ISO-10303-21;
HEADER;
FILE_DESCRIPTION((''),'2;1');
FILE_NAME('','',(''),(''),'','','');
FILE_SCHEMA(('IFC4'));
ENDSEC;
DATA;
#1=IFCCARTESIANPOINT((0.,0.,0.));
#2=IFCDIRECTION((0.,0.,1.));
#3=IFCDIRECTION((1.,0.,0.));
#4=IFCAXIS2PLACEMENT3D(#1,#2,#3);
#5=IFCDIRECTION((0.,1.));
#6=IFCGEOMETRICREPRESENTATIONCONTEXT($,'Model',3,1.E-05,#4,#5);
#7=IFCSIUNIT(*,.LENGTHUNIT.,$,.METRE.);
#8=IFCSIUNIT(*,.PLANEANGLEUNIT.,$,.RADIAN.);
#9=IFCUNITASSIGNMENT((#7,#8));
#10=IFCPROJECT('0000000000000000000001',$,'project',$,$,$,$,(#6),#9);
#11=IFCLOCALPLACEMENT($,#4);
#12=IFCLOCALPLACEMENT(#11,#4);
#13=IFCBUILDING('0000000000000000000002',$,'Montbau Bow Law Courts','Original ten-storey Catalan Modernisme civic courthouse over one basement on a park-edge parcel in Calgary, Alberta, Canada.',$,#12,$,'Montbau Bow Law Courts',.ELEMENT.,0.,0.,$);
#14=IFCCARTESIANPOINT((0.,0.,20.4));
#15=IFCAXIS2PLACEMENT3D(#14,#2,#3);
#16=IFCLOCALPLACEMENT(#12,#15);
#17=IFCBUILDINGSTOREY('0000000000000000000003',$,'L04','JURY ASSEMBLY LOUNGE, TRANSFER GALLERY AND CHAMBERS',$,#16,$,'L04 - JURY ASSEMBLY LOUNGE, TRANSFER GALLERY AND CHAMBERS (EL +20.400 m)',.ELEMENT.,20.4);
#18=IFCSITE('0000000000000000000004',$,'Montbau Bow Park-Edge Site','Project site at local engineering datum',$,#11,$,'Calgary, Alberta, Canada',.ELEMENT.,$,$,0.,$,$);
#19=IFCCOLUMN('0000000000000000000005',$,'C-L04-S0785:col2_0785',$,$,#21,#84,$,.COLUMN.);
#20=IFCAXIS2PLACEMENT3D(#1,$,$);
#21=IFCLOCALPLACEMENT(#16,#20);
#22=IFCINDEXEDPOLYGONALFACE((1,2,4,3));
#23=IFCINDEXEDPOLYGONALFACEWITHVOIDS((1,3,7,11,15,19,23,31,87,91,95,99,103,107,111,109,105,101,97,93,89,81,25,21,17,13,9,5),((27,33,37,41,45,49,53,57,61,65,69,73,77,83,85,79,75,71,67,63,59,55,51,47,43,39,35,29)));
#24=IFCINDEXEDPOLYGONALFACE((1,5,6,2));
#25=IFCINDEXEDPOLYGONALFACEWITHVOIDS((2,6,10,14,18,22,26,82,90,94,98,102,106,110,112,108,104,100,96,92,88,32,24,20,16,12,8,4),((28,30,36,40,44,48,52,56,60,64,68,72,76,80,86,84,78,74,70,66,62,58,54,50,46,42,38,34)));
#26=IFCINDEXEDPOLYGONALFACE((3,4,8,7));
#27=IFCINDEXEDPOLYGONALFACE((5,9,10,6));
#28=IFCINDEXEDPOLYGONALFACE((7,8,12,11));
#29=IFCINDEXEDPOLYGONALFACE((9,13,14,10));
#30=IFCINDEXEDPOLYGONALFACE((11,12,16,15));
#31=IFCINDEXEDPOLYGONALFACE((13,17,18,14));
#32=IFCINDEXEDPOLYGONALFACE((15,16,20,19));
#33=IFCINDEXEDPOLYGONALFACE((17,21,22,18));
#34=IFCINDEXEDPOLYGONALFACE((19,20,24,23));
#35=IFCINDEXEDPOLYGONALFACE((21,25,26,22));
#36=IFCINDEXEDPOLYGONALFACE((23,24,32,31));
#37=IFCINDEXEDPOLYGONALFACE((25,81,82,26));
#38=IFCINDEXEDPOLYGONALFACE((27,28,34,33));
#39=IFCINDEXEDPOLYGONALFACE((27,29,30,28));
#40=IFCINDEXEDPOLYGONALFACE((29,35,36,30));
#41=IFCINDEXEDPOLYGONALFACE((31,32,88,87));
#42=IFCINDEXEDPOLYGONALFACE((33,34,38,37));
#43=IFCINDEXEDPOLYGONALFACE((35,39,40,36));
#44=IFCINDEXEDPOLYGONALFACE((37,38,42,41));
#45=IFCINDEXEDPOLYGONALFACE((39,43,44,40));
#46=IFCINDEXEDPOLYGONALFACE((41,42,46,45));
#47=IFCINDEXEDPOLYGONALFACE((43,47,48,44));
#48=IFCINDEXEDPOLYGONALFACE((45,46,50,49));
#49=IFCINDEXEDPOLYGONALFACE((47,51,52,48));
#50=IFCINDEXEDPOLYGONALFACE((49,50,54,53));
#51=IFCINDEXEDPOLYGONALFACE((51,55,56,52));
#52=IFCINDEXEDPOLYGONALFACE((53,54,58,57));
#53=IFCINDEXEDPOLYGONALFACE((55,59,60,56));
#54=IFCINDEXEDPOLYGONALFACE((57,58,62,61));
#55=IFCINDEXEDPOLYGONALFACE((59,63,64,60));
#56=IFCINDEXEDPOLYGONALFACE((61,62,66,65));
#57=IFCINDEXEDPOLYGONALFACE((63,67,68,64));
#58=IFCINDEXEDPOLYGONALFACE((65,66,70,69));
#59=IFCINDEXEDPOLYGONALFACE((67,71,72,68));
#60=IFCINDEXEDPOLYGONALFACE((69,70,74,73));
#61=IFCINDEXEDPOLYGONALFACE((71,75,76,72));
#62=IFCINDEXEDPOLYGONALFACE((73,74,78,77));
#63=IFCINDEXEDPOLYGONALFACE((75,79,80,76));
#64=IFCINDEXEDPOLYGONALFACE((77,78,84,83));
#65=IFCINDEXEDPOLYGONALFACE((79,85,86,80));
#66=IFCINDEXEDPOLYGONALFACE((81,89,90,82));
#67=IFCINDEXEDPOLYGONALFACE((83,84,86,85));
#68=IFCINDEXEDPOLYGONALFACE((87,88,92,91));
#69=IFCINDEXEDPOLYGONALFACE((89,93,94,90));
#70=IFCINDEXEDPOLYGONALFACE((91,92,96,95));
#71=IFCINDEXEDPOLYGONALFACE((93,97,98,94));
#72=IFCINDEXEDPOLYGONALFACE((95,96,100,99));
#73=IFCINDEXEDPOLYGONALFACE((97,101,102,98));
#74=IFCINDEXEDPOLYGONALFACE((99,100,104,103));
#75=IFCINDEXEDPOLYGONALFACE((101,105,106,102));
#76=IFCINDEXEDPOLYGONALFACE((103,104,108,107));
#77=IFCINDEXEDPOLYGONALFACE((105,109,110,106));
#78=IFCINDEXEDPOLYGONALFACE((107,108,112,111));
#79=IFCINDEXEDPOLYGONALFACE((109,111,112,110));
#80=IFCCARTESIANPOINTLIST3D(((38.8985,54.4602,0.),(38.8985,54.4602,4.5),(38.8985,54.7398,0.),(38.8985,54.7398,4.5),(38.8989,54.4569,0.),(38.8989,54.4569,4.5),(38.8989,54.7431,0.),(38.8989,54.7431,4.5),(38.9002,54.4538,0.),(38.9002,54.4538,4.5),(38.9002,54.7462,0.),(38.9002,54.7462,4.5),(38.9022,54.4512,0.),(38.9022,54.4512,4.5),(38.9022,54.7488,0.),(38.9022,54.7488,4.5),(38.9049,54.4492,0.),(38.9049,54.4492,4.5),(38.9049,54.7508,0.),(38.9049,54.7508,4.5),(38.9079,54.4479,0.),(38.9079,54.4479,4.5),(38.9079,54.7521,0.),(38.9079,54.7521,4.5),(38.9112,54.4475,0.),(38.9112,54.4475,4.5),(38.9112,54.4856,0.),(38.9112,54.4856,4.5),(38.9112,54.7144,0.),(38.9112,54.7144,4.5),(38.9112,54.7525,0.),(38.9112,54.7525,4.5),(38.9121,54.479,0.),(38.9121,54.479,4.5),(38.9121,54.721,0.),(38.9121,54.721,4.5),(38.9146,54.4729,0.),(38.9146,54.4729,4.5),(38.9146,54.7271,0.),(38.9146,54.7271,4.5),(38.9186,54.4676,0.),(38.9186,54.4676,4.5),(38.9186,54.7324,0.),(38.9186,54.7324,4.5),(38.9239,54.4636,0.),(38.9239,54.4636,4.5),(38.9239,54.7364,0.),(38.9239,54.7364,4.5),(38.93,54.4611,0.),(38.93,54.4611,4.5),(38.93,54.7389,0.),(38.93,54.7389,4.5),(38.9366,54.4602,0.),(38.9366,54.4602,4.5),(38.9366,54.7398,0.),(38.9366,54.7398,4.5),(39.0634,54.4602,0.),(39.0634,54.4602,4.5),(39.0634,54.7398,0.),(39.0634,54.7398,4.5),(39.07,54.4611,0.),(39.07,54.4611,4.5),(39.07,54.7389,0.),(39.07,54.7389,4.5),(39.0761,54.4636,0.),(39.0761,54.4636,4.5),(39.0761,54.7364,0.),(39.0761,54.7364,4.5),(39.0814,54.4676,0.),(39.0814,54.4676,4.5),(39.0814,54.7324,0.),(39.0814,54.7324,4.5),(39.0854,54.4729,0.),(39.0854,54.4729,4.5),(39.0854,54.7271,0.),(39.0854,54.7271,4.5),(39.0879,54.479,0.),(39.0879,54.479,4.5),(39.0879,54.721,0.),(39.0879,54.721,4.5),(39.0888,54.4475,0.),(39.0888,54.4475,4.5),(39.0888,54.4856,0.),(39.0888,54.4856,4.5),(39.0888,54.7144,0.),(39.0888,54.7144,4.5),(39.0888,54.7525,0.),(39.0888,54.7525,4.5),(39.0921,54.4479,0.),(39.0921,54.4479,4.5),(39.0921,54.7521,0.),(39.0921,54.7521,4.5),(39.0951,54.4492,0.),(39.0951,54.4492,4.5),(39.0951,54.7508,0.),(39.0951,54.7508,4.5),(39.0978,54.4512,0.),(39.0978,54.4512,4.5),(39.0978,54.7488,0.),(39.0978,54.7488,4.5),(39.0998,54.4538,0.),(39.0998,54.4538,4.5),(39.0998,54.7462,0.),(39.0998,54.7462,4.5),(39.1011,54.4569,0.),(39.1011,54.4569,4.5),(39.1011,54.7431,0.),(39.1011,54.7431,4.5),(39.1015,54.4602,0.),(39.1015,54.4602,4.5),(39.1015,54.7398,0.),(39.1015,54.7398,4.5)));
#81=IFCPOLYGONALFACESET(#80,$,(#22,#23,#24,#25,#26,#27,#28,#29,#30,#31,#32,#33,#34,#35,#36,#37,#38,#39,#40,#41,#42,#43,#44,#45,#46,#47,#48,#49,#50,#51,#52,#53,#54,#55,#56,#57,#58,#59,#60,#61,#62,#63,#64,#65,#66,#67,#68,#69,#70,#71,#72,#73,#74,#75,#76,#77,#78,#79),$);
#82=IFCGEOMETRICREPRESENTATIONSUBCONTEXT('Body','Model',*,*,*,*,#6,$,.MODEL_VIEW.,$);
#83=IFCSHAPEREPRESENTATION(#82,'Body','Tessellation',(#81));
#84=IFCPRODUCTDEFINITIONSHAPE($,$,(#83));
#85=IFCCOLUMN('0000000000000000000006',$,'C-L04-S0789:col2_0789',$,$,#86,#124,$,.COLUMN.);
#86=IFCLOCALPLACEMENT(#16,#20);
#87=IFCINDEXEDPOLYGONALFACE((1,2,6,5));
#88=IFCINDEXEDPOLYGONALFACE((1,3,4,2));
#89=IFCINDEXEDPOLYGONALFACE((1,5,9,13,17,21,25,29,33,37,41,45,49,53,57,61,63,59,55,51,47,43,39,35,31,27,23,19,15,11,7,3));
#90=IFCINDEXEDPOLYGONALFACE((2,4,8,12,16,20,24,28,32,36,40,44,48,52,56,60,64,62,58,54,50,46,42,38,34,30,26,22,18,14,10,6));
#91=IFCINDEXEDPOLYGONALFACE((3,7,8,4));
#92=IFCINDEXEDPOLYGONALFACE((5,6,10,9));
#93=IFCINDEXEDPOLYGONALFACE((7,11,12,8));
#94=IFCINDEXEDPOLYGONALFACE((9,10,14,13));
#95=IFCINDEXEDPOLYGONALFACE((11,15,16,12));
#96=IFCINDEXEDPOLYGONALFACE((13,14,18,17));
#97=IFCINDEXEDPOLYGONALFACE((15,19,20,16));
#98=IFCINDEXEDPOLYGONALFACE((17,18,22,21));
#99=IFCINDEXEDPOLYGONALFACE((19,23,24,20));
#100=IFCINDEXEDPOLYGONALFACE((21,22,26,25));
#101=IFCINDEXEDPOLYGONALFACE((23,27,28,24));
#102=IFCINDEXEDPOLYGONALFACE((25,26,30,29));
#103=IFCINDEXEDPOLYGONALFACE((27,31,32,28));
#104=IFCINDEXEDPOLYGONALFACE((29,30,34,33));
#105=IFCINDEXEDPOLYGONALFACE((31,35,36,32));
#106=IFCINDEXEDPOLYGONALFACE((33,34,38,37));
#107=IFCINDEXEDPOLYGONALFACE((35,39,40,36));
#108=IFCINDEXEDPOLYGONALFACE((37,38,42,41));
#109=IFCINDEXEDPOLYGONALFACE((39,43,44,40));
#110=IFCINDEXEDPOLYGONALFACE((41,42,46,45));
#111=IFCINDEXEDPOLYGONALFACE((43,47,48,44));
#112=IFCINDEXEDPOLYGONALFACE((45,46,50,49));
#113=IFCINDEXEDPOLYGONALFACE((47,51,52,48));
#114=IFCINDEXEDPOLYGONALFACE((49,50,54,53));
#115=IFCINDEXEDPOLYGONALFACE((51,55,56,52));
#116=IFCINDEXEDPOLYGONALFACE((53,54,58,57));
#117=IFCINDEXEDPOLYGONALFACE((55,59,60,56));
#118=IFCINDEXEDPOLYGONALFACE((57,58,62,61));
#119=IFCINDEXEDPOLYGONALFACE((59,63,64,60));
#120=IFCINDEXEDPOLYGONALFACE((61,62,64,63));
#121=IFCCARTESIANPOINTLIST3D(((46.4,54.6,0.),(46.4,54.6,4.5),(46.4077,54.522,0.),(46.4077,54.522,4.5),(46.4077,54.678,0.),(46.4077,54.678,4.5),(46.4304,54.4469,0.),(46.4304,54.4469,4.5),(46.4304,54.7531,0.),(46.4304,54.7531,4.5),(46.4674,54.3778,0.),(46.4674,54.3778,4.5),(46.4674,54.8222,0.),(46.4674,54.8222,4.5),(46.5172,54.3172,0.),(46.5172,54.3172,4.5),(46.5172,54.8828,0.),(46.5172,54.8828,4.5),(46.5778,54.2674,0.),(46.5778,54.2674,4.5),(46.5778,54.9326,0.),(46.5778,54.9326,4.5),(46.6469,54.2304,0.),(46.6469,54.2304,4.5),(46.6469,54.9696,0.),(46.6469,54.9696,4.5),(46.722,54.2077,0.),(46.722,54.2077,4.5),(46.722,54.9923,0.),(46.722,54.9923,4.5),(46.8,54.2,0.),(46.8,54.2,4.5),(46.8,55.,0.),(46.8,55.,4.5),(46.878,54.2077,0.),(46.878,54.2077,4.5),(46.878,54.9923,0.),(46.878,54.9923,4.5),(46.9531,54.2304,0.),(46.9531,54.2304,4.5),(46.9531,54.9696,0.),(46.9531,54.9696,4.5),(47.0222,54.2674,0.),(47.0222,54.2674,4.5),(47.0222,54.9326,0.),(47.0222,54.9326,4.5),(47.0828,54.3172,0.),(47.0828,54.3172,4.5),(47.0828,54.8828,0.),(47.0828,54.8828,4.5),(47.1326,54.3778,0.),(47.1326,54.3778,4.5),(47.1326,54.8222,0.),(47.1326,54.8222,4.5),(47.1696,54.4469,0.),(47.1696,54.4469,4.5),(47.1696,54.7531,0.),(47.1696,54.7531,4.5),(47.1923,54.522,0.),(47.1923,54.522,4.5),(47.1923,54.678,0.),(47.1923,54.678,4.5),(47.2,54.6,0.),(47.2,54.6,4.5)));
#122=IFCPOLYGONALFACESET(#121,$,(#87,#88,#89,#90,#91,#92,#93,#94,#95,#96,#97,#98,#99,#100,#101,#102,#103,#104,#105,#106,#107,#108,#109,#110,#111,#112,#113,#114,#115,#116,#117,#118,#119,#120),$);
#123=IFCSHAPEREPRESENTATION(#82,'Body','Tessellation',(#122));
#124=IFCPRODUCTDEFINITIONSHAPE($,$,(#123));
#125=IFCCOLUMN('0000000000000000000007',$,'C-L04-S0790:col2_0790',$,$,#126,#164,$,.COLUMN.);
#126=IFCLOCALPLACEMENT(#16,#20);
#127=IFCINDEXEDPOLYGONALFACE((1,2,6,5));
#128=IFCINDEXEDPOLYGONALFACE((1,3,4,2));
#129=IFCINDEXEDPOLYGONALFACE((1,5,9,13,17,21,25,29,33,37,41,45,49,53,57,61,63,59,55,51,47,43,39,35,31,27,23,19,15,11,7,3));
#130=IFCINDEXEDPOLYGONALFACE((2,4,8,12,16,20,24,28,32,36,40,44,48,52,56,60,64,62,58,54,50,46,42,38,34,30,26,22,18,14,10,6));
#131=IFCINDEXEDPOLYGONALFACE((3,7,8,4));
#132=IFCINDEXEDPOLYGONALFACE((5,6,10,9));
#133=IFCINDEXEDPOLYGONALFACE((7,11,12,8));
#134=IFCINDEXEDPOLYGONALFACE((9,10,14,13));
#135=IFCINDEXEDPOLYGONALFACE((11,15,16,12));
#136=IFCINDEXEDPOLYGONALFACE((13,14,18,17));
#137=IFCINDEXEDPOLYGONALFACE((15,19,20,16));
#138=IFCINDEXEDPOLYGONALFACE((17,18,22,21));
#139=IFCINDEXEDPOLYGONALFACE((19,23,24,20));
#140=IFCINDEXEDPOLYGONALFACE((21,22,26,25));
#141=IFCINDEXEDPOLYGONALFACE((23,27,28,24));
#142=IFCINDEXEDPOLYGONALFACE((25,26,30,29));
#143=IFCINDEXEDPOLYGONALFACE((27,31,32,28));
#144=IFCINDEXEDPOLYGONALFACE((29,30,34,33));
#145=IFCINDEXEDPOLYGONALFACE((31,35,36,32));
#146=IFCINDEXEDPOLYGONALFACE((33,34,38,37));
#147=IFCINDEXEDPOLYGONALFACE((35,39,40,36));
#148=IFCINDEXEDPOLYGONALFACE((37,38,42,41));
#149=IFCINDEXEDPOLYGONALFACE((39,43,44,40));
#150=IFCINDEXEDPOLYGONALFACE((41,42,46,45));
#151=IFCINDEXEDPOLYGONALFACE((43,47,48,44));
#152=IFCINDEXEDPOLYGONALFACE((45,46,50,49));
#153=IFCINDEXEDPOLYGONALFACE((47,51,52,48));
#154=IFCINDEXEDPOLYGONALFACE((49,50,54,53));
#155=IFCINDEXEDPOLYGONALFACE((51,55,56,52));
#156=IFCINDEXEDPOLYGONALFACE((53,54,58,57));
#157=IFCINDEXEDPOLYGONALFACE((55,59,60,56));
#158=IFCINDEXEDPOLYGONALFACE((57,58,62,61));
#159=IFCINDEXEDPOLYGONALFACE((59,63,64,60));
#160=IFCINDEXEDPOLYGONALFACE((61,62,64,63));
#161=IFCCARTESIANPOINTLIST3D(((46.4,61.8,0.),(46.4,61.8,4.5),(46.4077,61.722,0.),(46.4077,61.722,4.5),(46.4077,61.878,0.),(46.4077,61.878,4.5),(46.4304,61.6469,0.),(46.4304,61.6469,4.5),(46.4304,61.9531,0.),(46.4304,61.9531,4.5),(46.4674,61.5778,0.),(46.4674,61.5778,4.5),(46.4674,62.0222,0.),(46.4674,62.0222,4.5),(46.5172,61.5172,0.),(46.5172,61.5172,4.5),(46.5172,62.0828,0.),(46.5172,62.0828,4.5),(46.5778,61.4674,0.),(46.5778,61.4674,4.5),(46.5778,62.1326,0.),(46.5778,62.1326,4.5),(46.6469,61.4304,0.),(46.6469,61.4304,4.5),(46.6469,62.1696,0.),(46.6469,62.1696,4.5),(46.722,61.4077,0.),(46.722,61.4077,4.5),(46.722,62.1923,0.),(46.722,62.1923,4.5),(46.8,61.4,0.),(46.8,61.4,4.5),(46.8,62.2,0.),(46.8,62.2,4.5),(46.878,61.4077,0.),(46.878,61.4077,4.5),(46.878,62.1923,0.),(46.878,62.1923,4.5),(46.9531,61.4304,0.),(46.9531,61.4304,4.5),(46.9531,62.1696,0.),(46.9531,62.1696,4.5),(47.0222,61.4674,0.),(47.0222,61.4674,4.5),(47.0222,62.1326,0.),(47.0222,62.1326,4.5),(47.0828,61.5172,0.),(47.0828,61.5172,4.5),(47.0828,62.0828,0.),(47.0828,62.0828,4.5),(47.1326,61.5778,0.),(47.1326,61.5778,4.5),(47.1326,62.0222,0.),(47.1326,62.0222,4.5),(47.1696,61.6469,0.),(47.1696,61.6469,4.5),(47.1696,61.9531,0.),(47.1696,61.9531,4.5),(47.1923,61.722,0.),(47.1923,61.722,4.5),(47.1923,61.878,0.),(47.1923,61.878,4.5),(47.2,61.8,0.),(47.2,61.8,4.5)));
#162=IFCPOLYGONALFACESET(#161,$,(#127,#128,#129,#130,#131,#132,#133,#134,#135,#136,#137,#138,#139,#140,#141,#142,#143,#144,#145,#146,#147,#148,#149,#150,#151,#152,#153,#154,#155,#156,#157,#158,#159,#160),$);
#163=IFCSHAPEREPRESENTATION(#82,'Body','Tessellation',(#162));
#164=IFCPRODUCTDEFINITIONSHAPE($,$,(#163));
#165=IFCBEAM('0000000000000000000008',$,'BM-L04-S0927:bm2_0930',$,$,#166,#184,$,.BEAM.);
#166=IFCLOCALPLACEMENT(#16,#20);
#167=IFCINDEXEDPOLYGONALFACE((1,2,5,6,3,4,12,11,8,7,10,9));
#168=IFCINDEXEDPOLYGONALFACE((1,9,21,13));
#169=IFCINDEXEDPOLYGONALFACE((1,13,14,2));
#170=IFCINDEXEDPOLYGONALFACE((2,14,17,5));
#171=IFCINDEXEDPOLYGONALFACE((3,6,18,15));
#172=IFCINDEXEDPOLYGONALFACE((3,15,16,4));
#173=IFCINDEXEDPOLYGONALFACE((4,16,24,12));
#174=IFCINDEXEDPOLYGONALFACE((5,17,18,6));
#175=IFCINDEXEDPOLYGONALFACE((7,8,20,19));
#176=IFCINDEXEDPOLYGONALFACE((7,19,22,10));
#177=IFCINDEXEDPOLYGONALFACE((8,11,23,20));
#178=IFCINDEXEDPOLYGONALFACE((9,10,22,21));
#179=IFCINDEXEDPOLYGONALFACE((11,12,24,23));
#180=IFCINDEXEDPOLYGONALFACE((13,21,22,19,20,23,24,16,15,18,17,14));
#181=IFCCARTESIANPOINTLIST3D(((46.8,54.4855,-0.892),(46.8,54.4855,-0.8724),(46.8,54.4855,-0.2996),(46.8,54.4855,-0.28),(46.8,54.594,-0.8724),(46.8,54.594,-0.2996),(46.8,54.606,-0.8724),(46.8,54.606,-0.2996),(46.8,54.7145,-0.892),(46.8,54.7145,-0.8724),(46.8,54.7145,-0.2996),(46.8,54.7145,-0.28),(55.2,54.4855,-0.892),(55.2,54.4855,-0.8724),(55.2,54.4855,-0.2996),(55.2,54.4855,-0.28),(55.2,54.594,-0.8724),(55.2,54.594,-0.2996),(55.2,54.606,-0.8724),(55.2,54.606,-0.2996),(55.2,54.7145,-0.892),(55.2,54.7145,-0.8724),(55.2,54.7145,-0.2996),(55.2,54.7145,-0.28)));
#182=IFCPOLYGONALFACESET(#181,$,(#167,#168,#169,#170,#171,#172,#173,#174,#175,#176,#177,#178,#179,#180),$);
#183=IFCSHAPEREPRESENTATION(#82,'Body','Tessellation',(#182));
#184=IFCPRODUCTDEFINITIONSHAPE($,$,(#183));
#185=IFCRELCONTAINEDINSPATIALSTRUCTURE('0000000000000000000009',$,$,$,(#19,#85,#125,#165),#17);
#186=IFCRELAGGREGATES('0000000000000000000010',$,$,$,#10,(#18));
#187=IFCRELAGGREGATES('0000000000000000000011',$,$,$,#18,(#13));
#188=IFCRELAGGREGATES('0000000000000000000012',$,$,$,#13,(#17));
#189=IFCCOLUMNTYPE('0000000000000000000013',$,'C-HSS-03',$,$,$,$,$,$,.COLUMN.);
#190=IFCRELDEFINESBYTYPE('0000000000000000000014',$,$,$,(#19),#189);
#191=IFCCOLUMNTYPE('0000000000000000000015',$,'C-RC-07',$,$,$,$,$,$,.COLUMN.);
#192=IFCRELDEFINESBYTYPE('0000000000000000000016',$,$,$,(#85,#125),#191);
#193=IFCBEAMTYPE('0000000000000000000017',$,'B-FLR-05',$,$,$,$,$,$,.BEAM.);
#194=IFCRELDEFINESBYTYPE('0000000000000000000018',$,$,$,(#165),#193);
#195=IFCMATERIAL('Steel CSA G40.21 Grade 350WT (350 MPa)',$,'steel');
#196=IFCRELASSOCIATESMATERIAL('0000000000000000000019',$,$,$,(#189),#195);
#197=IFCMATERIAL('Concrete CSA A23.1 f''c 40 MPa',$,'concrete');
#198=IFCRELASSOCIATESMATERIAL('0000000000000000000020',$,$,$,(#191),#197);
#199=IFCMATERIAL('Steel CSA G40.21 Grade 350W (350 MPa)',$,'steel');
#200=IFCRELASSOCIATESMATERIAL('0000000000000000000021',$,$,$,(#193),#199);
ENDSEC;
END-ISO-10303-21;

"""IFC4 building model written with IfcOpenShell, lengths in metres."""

from ifc_helpers import new_model, si_unit, direction, frame, origin_with_axes, origin_2d_with_axis, place, context, subcontext, project, spatial, hollow_rectangle, circle, i_section, extrude, material, material_profile, profile_set, type_object, element, save


model = new_model("IFC4")

# Units and contexts
model_context = context("Model", 3, precision=1e-05, world=origin_with_axes(), true_north=direction((0.0, 1.0)))
body_context = subcontext(model_context, "Body", "Model", "MODEL_VIEW")
ifc_project = project(units=[si_unit("LENGTHUNIT", "METRE"), si_unit("PLANEANGLEUNIT", "RADIAN")], contexts=[model_context])

# Site, building, storey
site_placement = place(None, origin_with_axes())
site = spatial("IfcSite", under=ifc_project, at=site_placement, Name="Montbau Bow Park-Edge Site", Description="Project site at local engineering datum", LongName="Calgary, Alberta, Canada", CompositionType="ELEMENT", RefElevation=0.0)
building_placement = place(site_placement, origin_with_axes())
building = spatial("IfcBuilding", under=site, at=building_placement, Name="Montbau Bow Law Courts", Description="Original ten-storey Catalan Modernisme civic courthouse over one basement on a park-edge parcel in Calgary, Alberta, Canada.", LongName="Montbau Bow Law Courts", CompositionType="ELEMENT", ElevationOfRefHeight=0.0, ElevationOfTerrain=0.0)
storey_placement = place(building_placement, frame((0.0, 0.0, 20.4), z_axis=(0.0, 0.0, 1.0), x_axis=(1.0, 0.0, 0.0)))
storey = spatial("IfcBuildingStorey", under=building, at=storey_placement, Name="L04", Description="JURY ASSEMBLY LOUNGE, TRANSFER GALLERY AND CHAMBERS", LongName="L04 - JURY ASSEMBLY LOUNGE, TRANSFER GALLERY AND CHAMBERS (EL +20.400 m)", CompositionType="ELEMENT", Elevation=20.4)

# Columns
ifc_material_1 = material(Name="Steel CSA G40.21 Grade 350WT (350 MPa)", Category="steel")
ifc_material_profile_1 = material_profile(ifc_material_1, hollow_rectangle(XDim=0.203, YDim=0.305, WallThickness=0.0127, InnerFilletRadius=0.0254, OuterFilletRadius=0.0127, at=origin_2d_with_axis()), Name="HSS305X203X13", Category="Main", Priority=0)
ifc_profile_set_1 = profile_set([ifc_material_profile_1], Name="Steel CSA G40.21 Grade 350WT (350 MPa)")
column_type_1 = type_object("IfcColumnType", Name="C-HSS-03", PredefinedType="COLUMN", material=ifc_profile_set_1)
column_placement = place(None, frame((39.0, 54.6, 20.4), z_axis=(0.0, 0.0, 1.0), x_axis=(1.0, 0.0, 0.0)))
element("IfcColumn", 1, at=column_placement, inside=storey, type_object=column_type_1, Name="C-L04-S0785:col2_0785", PredefinedType="COLUMN", context=body_context, shape_type="SweptSolid", body=[
    extrude(hollow_rectangle(XDim=0.203, YDim=0.305, WallThickness=0.0127, InnerFilletRadius=0.0254, OuterFilletRadius=0.0127, at=origin_2d_with_axis()), origin_with_axes(), (0.0, 0.0, 1.0), 4.5),
])
ifc_material_2 = material(Name="Concrete CSA A23.1 f'c 40 MPa", Category="concrete")
ifc_material_profile_2 = material_profile(ifc_material_2, circle(Radius=0.4, at=origin_2d_with_axis()), Name="RC800D", Category="Main", Priority=0)
ifc_profile_set_2 = profile_set([ifc_material_profile_2], Name="Concrete CSA A23.1 f'c 40 MPa")
column_type_2 = type_object("IfcColumnType", Name="C-RC-07", PredefinedType="COLUMN", material=ifc_profile_set_2)
for number, where, z_axis, x_axis, name in (
    (2, (46.8, 54.6, 20.4), (0.0, 0.0, 1.0), (1.0, 0.0, 0.0), "C-L04-S0789:col2_0789"),
    (3, (46.8, 61.8, 20.4), (0.0, 0.0, 1.0), (1.0, 0.0, 0.0), "C-L04-S0790:col2_0790"),
):
    element("IfcColumn", number, at=place(None, frame(where, z_axis=z_axis, x_axis=x_axis)), inside=storey, type_object=column_type_2, Name=name, PredefinedType="COLUMN", context=body_context, shape_type="SweptSolid", body=[
        extrude(circle(Radius=0.4, at=origin_2d_with_axis()), origin_with_axes(), (0.0, 0.0, 1.0), 4.5),
    ])

# Beam
ifc_material_3 = material(Name="Steel CSA G40.21 Grade 350W (350 MPa)", Category="steel")
ifc_material_profile_3 = material_profile(ifc_material_3, i_section(OverallWidth=0.229, OverallDepth=0.612, WebThickness=0.0119, FlangeThickness=0.0196, at=origin_2d_with_axis()), Name="W610X125", Category="Main", Priority=0)
ifc_profile_set_3 = profile_set([ifc_material_profile_3], Name="Steel CSA G40.21 Grade 350W (350 MPa)")
beam_type_1 = type_object("IfcBeamType", Name="B-FLR-05", PredefinedType="BEAM", material=ifc_profile_set_3)
beam_1_placement = place(None, frame((46.8, 54.6, 19.814), z_axis=(1.0, 0.0, 0.0), x_axis=(0.0, 1.0, 0.0)))
element("IfcBeam", 4, at=beam_1_placement, inside=storey, type_object=beam_type_1, Name="BM-L04-S0927:bm2_0930", PredefinedType="BEAM", context=body_context, shape_type="SweptSolid", body=[
    extrude(i_section(OverallWidth=0.229, OverallDepth=0.612, WebThickness=0.0119, FlangeThickness=0.0196, at=origin_2d_with_axis()), origin_with_axes(), (0.0, 0.0, 1.0), 8.4),
])

save(model, "model.ifc")
